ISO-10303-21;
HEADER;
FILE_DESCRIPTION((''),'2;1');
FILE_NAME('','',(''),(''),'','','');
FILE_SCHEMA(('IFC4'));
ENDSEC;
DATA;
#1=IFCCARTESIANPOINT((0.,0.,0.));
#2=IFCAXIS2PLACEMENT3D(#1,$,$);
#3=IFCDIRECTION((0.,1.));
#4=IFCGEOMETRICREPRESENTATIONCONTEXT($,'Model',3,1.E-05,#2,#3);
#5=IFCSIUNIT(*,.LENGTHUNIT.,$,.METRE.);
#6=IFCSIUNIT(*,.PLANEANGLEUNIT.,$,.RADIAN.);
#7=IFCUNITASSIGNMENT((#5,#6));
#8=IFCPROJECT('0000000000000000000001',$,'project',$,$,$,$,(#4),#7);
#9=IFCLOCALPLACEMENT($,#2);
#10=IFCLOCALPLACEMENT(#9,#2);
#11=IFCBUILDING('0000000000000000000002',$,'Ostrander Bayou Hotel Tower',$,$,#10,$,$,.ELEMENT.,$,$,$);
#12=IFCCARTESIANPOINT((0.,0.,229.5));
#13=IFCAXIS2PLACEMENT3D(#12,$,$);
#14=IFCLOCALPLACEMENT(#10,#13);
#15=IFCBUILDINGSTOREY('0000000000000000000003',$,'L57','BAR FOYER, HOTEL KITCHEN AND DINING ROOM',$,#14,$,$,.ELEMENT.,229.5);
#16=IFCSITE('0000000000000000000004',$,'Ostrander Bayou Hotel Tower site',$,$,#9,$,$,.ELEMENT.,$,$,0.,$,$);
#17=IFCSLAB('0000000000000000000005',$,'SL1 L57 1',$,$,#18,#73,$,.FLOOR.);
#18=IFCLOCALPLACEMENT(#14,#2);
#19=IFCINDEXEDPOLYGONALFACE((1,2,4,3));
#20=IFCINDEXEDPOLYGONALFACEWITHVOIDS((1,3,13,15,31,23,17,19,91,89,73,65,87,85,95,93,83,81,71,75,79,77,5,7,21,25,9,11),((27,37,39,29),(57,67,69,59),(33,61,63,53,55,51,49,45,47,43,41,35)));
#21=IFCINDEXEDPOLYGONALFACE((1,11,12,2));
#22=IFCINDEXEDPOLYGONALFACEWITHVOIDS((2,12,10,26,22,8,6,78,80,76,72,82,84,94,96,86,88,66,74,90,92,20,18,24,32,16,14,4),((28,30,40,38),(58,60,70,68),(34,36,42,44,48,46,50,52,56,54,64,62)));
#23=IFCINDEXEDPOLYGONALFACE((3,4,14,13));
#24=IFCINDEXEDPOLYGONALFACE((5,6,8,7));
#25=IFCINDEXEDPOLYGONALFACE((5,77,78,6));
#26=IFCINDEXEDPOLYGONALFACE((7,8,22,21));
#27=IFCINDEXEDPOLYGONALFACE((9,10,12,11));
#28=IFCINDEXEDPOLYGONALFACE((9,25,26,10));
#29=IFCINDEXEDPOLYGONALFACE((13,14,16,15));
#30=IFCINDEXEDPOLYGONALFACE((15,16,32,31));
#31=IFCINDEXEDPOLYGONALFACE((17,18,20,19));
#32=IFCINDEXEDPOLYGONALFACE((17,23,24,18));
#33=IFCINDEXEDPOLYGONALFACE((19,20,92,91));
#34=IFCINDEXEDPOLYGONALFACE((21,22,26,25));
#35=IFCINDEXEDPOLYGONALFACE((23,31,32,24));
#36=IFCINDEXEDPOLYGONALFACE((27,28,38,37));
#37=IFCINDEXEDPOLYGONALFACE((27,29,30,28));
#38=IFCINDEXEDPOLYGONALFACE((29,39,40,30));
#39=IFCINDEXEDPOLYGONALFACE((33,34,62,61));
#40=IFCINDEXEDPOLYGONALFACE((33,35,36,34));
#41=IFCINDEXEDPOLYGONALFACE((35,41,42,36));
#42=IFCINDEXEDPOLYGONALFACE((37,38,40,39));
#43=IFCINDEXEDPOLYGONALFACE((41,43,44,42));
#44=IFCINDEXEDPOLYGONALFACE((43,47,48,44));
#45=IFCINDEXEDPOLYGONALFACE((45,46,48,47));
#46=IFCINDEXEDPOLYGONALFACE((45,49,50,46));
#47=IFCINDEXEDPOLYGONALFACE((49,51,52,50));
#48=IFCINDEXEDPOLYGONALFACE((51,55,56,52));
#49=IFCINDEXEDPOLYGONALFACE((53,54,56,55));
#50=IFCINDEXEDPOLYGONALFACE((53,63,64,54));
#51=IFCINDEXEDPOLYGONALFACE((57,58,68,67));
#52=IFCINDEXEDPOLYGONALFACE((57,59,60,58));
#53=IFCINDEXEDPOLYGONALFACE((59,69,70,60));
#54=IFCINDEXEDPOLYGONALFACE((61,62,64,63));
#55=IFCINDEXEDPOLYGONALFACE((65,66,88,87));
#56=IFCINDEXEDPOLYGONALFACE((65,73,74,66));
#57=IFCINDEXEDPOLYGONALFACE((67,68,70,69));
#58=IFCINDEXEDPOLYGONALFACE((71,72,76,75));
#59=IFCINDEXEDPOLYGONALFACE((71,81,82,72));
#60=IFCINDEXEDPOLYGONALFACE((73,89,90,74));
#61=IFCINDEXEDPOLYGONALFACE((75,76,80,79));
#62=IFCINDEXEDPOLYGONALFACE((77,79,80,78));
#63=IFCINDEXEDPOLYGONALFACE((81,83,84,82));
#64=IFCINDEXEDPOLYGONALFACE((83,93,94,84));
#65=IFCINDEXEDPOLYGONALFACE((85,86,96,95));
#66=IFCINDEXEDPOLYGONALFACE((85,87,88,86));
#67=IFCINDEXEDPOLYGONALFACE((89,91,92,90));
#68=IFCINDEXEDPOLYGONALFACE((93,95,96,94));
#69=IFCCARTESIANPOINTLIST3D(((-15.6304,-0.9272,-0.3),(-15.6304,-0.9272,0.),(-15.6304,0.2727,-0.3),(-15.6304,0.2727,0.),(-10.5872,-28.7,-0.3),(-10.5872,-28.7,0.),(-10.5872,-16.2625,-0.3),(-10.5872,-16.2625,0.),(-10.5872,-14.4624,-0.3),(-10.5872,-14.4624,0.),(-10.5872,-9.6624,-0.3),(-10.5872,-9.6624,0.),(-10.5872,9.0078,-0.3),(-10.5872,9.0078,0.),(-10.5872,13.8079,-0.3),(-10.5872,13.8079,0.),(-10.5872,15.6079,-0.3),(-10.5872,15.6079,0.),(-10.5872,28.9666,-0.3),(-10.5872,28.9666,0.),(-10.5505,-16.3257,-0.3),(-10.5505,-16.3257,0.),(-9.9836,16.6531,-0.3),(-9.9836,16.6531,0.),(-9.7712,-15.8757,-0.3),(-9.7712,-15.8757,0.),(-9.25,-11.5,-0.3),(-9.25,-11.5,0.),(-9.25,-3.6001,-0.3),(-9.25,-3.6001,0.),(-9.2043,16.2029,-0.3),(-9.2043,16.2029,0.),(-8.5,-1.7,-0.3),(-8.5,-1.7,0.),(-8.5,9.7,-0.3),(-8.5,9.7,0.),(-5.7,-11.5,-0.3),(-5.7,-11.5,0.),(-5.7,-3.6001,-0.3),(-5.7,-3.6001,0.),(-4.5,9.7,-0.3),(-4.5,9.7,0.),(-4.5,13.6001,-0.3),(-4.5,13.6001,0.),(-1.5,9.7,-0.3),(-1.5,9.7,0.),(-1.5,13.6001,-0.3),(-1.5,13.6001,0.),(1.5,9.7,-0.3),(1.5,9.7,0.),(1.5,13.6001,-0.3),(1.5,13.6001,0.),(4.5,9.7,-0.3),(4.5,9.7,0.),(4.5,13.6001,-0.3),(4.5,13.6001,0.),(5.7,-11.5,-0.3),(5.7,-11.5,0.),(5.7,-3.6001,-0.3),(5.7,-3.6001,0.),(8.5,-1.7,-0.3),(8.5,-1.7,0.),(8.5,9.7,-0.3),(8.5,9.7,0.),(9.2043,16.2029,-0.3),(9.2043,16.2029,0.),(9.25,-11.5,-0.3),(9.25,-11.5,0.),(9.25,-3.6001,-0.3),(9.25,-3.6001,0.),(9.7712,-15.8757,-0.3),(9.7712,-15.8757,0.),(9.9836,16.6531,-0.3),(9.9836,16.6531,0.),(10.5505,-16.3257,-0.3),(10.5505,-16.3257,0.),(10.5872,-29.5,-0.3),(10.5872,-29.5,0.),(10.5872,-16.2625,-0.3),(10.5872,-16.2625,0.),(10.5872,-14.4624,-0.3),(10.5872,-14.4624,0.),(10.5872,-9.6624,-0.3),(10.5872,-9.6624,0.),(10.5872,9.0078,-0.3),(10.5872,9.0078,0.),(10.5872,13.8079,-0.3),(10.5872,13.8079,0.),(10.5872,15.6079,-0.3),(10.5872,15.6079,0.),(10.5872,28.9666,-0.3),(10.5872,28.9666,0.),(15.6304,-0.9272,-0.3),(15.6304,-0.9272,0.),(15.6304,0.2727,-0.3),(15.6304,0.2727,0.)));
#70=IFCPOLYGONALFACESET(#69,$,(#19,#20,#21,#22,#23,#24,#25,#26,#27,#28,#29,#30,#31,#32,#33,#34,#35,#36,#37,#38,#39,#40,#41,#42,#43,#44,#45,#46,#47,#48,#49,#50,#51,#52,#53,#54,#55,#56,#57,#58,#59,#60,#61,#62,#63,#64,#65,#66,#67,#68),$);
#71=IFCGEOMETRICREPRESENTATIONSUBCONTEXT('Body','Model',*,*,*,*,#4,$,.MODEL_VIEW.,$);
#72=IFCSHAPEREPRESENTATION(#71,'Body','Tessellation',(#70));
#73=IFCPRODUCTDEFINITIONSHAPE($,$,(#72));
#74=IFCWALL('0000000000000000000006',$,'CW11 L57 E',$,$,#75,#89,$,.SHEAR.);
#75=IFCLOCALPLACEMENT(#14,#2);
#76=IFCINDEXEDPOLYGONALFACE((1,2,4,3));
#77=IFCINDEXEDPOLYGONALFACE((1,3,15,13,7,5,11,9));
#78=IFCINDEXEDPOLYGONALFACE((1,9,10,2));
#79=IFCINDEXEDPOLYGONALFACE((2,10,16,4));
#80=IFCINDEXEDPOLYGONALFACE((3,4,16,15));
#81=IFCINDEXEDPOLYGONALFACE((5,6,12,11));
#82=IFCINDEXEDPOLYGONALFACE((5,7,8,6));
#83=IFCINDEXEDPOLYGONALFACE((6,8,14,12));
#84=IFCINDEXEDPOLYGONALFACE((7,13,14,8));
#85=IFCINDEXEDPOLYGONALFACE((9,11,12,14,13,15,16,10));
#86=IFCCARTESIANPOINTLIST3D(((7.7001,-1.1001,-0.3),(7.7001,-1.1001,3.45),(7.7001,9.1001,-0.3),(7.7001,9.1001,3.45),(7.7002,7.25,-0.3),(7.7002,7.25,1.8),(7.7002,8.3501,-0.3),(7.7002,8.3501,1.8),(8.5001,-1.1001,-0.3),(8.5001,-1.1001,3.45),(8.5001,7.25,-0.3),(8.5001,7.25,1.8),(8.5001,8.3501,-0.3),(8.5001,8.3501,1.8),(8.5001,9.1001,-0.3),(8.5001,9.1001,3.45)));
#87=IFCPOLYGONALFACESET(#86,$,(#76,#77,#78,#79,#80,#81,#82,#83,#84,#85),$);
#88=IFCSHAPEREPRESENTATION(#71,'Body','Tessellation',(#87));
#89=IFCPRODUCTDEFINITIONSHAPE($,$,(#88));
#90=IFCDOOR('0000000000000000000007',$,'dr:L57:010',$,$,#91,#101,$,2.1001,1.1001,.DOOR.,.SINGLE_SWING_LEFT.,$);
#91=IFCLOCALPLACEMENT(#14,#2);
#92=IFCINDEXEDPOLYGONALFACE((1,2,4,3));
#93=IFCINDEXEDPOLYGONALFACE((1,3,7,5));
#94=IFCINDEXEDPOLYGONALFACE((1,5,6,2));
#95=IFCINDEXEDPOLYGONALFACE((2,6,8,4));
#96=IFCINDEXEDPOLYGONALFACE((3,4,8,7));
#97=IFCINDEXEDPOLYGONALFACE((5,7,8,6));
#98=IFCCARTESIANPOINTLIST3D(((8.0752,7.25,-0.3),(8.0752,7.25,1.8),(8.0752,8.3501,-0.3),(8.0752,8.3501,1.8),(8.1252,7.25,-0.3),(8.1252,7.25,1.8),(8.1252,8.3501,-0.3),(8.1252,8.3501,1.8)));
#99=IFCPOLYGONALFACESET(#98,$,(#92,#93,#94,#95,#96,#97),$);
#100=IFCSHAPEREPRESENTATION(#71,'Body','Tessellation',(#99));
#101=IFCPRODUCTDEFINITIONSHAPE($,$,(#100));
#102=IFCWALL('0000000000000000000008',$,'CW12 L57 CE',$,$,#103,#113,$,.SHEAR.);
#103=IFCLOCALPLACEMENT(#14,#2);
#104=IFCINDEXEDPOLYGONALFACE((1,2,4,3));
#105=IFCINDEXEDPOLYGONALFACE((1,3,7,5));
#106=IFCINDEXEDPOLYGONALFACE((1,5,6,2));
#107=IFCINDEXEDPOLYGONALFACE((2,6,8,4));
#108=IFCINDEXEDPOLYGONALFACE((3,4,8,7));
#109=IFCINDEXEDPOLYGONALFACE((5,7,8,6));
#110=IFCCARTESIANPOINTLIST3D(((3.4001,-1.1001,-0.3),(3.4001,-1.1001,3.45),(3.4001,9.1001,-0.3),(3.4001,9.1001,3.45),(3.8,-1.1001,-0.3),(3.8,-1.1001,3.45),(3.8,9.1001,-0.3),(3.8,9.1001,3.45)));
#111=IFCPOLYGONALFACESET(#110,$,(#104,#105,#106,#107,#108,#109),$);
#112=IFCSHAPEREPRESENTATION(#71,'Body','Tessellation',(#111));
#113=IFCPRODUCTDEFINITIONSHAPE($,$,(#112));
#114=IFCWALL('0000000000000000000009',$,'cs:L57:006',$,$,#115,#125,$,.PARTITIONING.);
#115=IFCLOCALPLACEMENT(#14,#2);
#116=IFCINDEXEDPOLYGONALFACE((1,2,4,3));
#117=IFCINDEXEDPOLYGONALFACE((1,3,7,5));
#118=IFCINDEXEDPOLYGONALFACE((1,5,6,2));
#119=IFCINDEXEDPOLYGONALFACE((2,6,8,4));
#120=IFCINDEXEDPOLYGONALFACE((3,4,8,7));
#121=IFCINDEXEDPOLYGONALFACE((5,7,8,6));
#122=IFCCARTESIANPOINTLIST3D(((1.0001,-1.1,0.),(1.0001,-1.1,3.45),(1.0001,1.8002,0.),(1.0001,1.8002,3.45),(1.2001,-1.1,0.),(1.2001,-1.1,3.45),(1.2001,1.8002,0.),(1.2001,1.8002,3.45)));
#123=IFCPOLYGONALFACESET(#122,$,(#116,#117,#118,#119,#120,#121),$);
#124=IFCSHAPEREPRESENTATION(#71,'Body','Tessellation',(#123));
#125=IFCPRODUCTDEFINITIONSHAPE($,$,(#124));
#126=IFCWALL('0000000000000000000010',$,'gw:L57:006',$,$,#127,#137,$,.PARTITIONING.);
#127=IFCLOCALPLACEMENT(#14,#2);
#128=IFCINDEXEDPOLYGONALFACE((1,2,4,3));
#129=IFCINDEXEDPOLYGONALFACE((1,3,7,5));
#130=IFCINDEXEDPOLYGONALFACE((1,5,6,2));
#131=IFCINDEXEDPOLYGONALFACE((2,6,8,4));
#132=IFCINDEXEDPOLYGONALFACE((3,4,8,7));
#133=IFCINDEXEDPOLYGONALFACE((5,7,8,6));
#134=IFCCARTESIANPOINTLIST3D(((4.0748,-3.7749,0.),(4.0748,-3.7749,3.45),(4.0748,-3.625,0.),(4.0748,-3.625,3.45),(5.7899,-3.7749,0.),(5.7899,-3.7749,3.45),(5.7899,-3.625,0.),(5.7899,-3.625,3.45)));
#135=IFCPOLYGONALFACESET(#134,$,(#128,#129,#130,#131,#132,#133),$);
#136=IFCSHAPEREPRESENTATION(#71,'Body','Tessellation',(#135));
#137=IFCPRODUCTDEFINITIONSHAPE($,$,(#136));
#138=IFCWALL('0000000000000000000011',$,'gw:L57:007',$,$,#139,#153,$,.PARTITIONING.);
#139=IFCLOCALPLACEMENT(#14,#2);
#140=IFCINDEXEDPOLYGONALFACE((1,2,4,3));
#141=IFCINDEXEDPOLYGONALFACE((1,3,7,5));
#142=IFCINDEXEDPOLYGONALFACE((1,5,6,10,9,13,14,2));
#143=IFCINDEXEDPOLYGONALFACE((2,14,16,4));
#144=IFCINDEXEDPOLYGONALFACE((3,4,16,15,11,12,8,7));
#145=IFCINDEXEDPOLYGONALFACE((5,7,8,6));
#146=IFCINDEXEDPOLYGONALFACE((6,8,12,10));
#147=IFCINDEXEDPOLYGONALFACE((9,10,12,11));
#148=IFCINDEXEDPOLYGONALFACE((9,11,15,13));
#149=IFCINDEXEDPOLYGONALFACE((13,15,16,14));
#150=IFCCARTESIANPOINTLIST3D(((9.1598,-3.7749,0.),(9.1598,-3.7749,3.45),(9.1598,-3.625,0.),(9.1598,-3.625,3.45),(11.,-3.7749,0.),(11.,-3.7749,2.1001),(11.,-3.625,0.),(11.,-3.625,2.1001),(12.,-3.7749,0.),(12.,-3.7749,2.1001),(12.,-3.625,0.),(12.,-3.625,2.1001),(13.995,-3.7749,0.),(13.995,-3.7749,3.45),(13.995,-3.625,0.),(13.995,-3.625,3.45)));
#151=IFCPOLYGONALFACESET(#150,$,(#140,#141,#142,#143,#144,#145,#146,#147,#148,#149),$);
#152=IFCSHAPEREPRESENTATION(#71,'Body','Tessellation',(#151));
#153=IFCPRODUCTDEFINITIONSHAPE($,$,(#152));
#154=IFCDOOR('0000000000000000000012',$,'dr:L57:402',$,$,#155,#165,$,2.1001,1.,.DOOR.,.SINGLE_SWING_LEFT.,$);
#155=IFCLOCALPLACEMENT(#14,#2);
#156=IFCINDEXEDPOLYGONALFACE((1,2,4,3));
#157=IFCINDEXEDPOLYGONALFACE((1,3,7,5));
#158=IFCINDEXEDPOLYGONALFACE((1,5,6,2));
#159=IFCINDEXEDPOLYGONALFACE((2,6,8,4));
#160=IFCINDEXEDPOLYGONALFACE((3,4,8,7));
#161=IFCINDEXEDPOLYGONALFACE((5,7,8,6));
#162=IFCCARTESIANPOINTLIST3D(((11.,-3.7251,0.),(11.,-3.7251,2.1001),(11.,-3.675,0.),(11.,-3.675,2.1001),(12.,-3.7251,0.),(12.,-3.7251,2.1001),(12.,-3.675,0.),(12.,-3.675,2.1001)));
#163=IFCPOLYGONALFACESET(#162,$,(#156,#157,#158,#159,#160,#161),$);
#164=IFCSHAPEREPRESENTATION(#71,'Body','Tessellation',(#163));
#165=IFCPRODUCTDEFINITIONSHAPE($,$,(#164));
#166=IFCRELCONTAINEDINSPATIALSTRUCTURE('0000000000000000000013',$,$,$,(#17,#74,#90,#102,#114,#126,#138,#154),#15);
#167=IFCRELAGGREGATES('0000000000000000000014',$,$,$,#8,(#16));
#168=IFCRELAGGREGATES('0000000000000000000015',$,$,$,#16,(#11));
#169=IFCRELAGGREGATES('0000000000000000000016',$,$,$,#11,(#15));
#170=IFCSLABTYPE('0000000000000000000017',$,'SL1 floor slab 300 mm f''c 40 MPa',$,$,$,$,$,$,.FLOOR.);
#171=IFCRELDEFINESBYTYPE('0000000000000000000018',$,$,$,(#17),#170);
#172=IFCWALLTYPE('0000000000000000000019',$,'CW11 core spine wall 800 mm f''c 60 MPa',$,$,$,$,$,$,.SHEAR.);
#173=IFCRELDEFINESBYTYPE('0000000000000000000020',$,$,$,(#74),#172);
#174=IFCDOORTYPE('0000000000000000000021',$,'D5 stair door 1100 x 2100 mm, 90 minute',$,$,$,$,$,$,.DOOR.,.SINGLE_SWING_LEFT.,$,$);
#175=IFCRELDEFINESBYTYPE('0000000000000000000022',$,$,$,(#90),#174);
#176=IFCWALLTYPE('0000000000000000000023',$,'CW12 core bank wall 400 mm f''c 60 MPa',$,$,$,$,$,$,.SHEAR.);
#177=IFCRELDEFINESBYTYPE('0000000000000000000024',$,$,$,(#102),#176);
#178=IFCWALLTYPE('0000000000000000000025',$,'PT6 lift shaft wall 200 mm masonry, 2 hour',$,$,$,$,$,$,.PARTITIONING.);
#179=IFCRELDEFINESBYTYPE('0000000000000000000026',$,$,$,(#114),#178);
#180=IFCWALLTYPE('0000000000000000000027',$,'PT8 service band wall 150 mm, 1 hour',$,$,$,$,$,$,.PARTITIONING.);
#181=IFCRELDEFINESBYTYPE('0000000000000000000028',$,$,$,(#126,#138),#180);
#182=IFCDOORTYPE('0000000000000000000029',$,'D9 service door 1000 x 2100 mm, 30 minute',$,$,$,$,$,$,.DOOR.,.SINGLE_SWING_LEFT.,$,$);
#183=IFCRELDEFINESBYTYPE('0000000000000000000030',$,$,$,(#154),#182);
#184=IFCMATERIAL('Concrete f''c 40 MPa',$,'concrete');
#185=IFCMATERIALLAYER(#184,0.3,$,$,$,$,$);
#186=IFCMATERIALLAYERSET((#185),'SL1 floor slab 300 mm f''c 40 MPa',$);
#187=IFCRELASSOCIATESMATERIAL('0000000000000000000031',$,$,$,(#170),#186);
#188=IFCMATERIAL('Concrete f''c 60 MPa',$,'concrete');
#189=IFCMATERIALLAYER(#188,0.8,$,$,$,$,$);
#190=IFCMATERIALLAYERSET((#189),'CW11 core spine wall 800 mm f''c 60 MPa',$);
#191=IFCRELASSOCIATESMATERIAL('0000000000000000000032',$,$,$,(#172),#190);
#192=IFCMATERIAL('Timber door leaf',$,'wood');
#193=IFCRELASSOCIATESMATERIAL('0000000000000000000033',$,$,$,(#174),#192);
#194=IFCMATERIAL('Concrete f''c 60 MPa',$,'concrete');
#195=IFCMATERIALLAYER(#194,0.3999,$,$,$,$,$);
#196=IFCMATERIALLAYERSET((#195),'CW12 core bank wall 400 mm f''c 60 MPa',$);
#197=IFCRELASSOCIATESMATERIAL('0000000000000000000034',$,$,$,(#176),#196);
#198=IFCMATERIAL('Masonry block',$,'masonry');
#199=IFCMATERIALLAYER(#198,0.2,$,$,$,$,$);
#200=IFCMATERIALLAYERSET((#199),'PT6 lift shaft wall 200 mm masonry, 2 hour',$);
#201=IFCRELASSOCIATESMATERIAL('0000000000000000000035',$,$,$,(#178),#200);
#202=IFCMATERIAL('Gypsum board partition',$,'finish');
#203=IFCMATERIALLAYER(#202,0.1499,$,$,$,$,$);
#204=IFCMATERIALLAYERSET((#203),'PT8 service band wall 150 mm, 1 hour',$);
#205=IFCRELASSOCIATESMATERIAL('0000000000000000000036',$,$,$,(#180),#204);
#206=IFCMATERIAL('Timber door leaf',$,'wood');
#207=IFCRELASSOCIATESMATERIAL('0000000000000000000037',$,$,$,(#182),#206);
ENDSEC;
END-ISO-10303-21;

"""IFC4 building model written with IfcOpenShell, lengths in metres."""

from ifc_helpers import new_model, si_unit, direction, frame, frame_2d, origin, place, context, subcontext, project, spatial, polyline, rectangle, outline, extrude, material, layer, layer_set, type_object, element, fill, save


model = new_model("IFC4")

# Units and contexts
model_context = context("Model", 3, precision=1e-05, world=origin(), true_north=direction((0.0, 1.0)))
body_context = subcontext(model_context, "Body", "Model", "MODEL_VIEW")
ifc_project = project(units=[si_unit("LENGTHUNIT", "METRE"), si_unit("PLANEANGLEUNIT", "RADIAN")], contexts=[model_context])

# Site, building, storey
site_placement = place(None, origin())
site = spatial("IfcSite", under=ifc_project, at=site_placement, Name="Ostrander Bayou Hotel Tower site", CompositionType="ELEMENT", RefElevation=0.0)
building_placement = place(site_placement, origin())
building = spatial("IfcBuilding", under=site, at=building_placement, Name="Ostrander Bayou Hotel Tower", CompositionType="ELEMENT")
storey_placement = place(building_placement, frame((0.0, 0.0, 229.5)))
storey = spatial("IfcBuildingStorey", under=building, at=storey_placement, Name="L57", Description="BAR FOYER, HOTEL KITCHEN AND DINING ROOM", CompositionType="ELEMENT", Elevation=229.5)

# Slab
ifc_material_1 = material(Name="Concrete f'c 40 MPa", Category="concrete")
ifc_layer_1 = layer(ifc_material_1, 0.3)
ifc_layer_set_1 = layer_set([ifc_layer_1], Name="SL1 floor slab 300 mm f'c 40 MPa")
slab_type = type_object("IfcSlabType", Name="SL1 floor slab 300 mm f'c 40 MPa", PredefinedType="FLOOR", material=ifc_layer_set_1)
slab_placement = place(storey_placement, frame((0.0, 0.0, -0.3)))
element("IfcSlab", 1, at=slab_placement, inside=storey, type_object=slab_type, Name="SL1 L57 1", PredefinedType="FLOOR", context=body_context, shape_type="SweptSolid", body=[
    extrude(outline(polyline([(-10.5505, -16.3257), (-9.7712, -15.8757), (-10.5872, -14.4624), (-10.5872, -9.6624), (-15.6304, -0.9272), (-15.6304, 0.2727), (-10.5872, 9.0078), (-10.5872, 13.8079), (-9.2043, 16.2029), (-9.9836, 16.6531), (-10.5872, 15.6079), (-10.5872, 28.9666), (10.5872, 28.9666), (10.5872, 15.6079), (9.9836, 16.6531), (9.2043, 16.2029), (10.5872, 13.8079), (10.5872, 9.0078), (15.6304, 0.2727), (15.6304, -0.9272), (10.5872, -9.6624), (10.5872, -14.4624), (9.7712, -15.8757), (10.5505, -16.3257), (10.5872, -16.2625), (10.5872, -29.5), (-10.5872, -28.7), (-10.5872, -16.2625), (-10.5505, -16.3257)]), holes=[polyline([(9.25, -3.6001), (5.7, -3.6001), (5.7, -11.5), (9.25, -11.5), (9.25, -3.6001)]), polyline([(-8.5, -1.7), (8.5, -1.7), (8.5, 9.7), (4.5, 9.7), (4.5, 13.6001), (1.5, 13.6001), (1.5, 9.7), (-1.5, 9.7), (-1.5, 13.6001), (-4.5, 13.6001), (-4.5, 9.7), (-8.5, 9.7), (-8.5, -1.7)]), polyline([(-5.7, -3.6001), (-9.25, -3.6001), (-9.25, -11.5), (-5.7, -11.5), (-5.7, -3.6001)])]), origin(), (0.0, 0.0, 1.0), 0.3),
])

# Wall, opening, door
ifc_material_2 = material(Name="Concrete f'c 60 MPa", Category="concrete")
ifc_layer_2 = layer(ifc_material_2, 0.8)
ifc_layer_set_2 = layer_set([ifc_layer_2], Name="CW11 core spine wall 800 mm f'c 60 MPa")
wall_type_1 = type_object("IfcWallType", Name="CW11 core spine wall 800 mm f'c 60 MPa", PredefinedType="SHEAR", material=ifc_layer_set_2)
wall_1_placement = place(storey_placement, frame((8.1001, -1.1001, -0.3), z_axis=(0.0, 0.0, 1.0), x_axis=(0.0, 1.0, 0.0)))
wall_1 = element("IfcWall", 2, at=wall_1_placement, inside=storey, type_object=wall_type_1, Name="CW11 L57 E", PredefinedType="SHEAR", context=body_context, shape_type="SweptSolid", body=[
    extrude(rectangle(XDim=10.2002, YDim=0.8, at=frame_2d((5.1001, 0.0))), origin(), (0.0, 0.0, 1.0), 3.75),
])
opening_1_placement = place(wall_1_placement, frame((8.3501, 0.0, 0.0)))
opening_1 = element("IfcOpeningElement", 3, at=opening_1_placement, cuts=wall_1, PredefinedType="OPENING", context=body_context, shape_type="SweptSolid", body=[
    extrude(rectangle(XDim=1.1001, YDim=2.1001, at=frame_2d((0.55, 1.05))), frame((0.0, 0.3999, 0.0), z_axis=(0.0, -1.0, 0.0), x_axis=(1.0, 0.0, 0.0)), (0.0, 0.0, 1.0), 0.8),
])
ifc_material_3 = material(Name="Timber door leaf", Category="wood")
door_type_1 = type_object("IfcDoorType", Name="D5 stair door 1100 x 2100 mm, 90 minute", OperationType="SINGLE_SWING_LEFT", PredefinedType="DOOR", material=ifc_material_3)
door_1_placement = place(opening_1_placement, origin())
door_1 = element("IfcDoor", 4, at=door_1_placement, inside=storey, type_object=door_type_1, Name="dr:L57:010", OperationType="SINGLE_SWING_LEFT", OverallHeight=2.1001, OverallWidth=1.1001, PredefinedType="DOOR", context=body_context, shape_type="SweptSolid", body=[
    extrude(rectangle(XDim=1.1001, YDim=2.1001, at=frame_2d((0.55, 1.05))), frame((0.0, 0.0249, 0.0), z_axis=(0.0, -1.0, 0.0), x_axis=(1.0, 0.0, 0.0)), (0.0, 0.0, 1.0), 0.05),
])
fill(opening_1, door_1)

# Walls
ifc_material_4 = material(Name="Concrete f'c 60 MPa", Category="concrete")
ifc_layer_3 = layer(ifc_material_4, 0.3999)
ifc_layer_set_3 = layer_set([ifc_layer_3], Name="CW12 core bank wall 400 mm f'c 60 MPa")
wall_type_2 = type_object("IfcWallType", Name="CW12 core bank wall 400 mm f'c 60 MPa", PredefinedType="SHEAR", material=ifc_layer_set_3)
wall_2_placement = place(storey_placement, frame((3.6001, -1.1001, -0.3), z_axis=(0.0, 0.0, 1.0), x_axis=(0.0, 1.0, 0.0)))
element("IfcWall", 5, at=wall_2_placement, inside=storey, type_object=wall_type_2, Name="CW12 L57 CE", PredefinedType="SHEAR", context=body_context, shape_type="SweptSolid", body=[
    extrude(rectangle(XDim=10.2002, YDim=0.3999, at=frame_2d((5.1001, 0.0))), origin(), (0.0, 0.0, 1.0), 3.75),
])
ifc_material_5 = material(Name="Masonry block", Category="masonry")
ifc_layer_4 = layer(ifc_material_5, 0.2)
ifc_layer_set_4 = layer_set([ifc_layer_4], Name="PT6 lift shaft wall 200 mm masonry, 2 hour")
wall_type_3 = type_object("IfcWallType", Name="PT6 lift shaft wall 200 mm masonry, 2 hour", PredefinedType="PARTITIONING", material=ifc_layer_set_4)
wall_3_placement = place(storey_placement, frame((1.1001, -1.1001, 0.0), z_axis=(0.0, 0.0, 1.0), x_axis=(0.0, 1.0, 0.0)))
element("IfcWall", 6, at=wall_3_placement, inside=storey, type_object=wall_type_3, Name="cs:L57:006", PredefinedType="PARTITIONING", context=body_context, shape_type="SweptSolid", body=[
    extrude(rectangle(XDim=2.9001, YDim=0.2, at=frame_2d((1.4502, 0.0))), origin(), (0.0, 0.0, 1.0), 3.45),
])
ifc_material_6 = material(Name="Gypsum board partition", Category="finish")
ifc_layer_5 = layer(ifc_material_6, 0.1499)
ifc_layer_set_5 = layer_set([ifc_layer_5], Name="PT8 service band wall 150 mm, 1 hour")
wall_type_4 = type_object("IfcWallType", Name="PT8 service band wall 150 mm, 1 hour", PredefinedType="PARTITIONING", material=ifc_layer_set_5)
wall_4_placement = place(storey_placement, frame((4.075, -3.7, 0.0), z_axis=(0.0, 0.0, 1.0), x_axis=(1.0, 0.0, 0.0)))
element("IfcWall", 7, at=wall_4_placement, inside=storey, type_object=wall_type_4, Name="gw:L57:006", PredefinedType="PARTITIONING", context=body_context, shape_type="SweptSolid", body=[
    extrude(rectangle(XDim=1.7151, YDim=0.1499, at=frame_2d((0.8574, 0.0))), origin(), (0.0, 0.0, 1.0), 3.45),
])

# Wall, opening, door
wall_5_placement = place(storey_placement, frame((9.1599, -3.7, 0.0), z_axis=(0.0, 0.0, 1.0), x_axis=(1.0, 0.0, 0.0)))
wall_5 = element("IfcWall", 8, at=wall_5_placement, inside=storey, type_object=wall_type_4, Name="gw:L57:007", PredefinedType="PARTITIONING", context=body_context, shape_type="SweptSolid", body=[
    extrude(rectangle(XDim=4.8352, YDim=0.1499, at=frame_2d((2.4175, 0.0))), origin(), (0.0, 0.0, 1.0), 3.45),
])
opening_2_placement = place(wall_5_placement, frame((1.8401, 0.0, 0.0)))
opening_2 = element("IfcOpeningElement", 9, at=opening_2_placement, cuts=wall_5, PredefinedType="OPENING", context=body_context, shape_type="SweptSolid", body=[
    extrude(rectangle(XDim=1.0, YDim=2.1001, at=frame_2d((0.5, 1.05))), frame((0.0, 0.075, 0.0), z_axis=(0.0, -1.0, 0.0), x_axis=(1.0, 0.0, 0.0)), (0.0, 0.0, 1.0), 0.1499),
])
ifc_material_7 = material(Name="Timber door leaf", Category="wood")
door_type_2 = type_object("IfcDoorType", Name="D9 service door 1000 x 2100 mm, 30 minute", OperationType="SINGLE_SWING_LEFT", PredefinedType="DOOR", material=ifc_material_7)
door_2_placement = place(opening_2_placement, origin())
door_2 = element("IfcDoor", 10, at=door_2_placement, inside=storey, type_object=door_type_2, Name="dr:L57:402", OperationType="SINGLE_SWING_LEFT", OverallHeight=2.1001, OverallWidth=1.0, PredefinedType="DOOR", context=body_context, shape_type="SweptSolid", body=[
    extrude(rectangle(XDim=1.0, YDim=2.1001, at=frame_2d((0.5, 1.05))), frame((0.0, 0.0249, 0.0), z_axis=(0.0, -1.0, 0.0), x_axis=(1.0, 0.0, 0.0)), (0.0, 0.0, 1.0), 0.05),
])
fill(opening_2, door_2)

save(model, "model.ifc")
